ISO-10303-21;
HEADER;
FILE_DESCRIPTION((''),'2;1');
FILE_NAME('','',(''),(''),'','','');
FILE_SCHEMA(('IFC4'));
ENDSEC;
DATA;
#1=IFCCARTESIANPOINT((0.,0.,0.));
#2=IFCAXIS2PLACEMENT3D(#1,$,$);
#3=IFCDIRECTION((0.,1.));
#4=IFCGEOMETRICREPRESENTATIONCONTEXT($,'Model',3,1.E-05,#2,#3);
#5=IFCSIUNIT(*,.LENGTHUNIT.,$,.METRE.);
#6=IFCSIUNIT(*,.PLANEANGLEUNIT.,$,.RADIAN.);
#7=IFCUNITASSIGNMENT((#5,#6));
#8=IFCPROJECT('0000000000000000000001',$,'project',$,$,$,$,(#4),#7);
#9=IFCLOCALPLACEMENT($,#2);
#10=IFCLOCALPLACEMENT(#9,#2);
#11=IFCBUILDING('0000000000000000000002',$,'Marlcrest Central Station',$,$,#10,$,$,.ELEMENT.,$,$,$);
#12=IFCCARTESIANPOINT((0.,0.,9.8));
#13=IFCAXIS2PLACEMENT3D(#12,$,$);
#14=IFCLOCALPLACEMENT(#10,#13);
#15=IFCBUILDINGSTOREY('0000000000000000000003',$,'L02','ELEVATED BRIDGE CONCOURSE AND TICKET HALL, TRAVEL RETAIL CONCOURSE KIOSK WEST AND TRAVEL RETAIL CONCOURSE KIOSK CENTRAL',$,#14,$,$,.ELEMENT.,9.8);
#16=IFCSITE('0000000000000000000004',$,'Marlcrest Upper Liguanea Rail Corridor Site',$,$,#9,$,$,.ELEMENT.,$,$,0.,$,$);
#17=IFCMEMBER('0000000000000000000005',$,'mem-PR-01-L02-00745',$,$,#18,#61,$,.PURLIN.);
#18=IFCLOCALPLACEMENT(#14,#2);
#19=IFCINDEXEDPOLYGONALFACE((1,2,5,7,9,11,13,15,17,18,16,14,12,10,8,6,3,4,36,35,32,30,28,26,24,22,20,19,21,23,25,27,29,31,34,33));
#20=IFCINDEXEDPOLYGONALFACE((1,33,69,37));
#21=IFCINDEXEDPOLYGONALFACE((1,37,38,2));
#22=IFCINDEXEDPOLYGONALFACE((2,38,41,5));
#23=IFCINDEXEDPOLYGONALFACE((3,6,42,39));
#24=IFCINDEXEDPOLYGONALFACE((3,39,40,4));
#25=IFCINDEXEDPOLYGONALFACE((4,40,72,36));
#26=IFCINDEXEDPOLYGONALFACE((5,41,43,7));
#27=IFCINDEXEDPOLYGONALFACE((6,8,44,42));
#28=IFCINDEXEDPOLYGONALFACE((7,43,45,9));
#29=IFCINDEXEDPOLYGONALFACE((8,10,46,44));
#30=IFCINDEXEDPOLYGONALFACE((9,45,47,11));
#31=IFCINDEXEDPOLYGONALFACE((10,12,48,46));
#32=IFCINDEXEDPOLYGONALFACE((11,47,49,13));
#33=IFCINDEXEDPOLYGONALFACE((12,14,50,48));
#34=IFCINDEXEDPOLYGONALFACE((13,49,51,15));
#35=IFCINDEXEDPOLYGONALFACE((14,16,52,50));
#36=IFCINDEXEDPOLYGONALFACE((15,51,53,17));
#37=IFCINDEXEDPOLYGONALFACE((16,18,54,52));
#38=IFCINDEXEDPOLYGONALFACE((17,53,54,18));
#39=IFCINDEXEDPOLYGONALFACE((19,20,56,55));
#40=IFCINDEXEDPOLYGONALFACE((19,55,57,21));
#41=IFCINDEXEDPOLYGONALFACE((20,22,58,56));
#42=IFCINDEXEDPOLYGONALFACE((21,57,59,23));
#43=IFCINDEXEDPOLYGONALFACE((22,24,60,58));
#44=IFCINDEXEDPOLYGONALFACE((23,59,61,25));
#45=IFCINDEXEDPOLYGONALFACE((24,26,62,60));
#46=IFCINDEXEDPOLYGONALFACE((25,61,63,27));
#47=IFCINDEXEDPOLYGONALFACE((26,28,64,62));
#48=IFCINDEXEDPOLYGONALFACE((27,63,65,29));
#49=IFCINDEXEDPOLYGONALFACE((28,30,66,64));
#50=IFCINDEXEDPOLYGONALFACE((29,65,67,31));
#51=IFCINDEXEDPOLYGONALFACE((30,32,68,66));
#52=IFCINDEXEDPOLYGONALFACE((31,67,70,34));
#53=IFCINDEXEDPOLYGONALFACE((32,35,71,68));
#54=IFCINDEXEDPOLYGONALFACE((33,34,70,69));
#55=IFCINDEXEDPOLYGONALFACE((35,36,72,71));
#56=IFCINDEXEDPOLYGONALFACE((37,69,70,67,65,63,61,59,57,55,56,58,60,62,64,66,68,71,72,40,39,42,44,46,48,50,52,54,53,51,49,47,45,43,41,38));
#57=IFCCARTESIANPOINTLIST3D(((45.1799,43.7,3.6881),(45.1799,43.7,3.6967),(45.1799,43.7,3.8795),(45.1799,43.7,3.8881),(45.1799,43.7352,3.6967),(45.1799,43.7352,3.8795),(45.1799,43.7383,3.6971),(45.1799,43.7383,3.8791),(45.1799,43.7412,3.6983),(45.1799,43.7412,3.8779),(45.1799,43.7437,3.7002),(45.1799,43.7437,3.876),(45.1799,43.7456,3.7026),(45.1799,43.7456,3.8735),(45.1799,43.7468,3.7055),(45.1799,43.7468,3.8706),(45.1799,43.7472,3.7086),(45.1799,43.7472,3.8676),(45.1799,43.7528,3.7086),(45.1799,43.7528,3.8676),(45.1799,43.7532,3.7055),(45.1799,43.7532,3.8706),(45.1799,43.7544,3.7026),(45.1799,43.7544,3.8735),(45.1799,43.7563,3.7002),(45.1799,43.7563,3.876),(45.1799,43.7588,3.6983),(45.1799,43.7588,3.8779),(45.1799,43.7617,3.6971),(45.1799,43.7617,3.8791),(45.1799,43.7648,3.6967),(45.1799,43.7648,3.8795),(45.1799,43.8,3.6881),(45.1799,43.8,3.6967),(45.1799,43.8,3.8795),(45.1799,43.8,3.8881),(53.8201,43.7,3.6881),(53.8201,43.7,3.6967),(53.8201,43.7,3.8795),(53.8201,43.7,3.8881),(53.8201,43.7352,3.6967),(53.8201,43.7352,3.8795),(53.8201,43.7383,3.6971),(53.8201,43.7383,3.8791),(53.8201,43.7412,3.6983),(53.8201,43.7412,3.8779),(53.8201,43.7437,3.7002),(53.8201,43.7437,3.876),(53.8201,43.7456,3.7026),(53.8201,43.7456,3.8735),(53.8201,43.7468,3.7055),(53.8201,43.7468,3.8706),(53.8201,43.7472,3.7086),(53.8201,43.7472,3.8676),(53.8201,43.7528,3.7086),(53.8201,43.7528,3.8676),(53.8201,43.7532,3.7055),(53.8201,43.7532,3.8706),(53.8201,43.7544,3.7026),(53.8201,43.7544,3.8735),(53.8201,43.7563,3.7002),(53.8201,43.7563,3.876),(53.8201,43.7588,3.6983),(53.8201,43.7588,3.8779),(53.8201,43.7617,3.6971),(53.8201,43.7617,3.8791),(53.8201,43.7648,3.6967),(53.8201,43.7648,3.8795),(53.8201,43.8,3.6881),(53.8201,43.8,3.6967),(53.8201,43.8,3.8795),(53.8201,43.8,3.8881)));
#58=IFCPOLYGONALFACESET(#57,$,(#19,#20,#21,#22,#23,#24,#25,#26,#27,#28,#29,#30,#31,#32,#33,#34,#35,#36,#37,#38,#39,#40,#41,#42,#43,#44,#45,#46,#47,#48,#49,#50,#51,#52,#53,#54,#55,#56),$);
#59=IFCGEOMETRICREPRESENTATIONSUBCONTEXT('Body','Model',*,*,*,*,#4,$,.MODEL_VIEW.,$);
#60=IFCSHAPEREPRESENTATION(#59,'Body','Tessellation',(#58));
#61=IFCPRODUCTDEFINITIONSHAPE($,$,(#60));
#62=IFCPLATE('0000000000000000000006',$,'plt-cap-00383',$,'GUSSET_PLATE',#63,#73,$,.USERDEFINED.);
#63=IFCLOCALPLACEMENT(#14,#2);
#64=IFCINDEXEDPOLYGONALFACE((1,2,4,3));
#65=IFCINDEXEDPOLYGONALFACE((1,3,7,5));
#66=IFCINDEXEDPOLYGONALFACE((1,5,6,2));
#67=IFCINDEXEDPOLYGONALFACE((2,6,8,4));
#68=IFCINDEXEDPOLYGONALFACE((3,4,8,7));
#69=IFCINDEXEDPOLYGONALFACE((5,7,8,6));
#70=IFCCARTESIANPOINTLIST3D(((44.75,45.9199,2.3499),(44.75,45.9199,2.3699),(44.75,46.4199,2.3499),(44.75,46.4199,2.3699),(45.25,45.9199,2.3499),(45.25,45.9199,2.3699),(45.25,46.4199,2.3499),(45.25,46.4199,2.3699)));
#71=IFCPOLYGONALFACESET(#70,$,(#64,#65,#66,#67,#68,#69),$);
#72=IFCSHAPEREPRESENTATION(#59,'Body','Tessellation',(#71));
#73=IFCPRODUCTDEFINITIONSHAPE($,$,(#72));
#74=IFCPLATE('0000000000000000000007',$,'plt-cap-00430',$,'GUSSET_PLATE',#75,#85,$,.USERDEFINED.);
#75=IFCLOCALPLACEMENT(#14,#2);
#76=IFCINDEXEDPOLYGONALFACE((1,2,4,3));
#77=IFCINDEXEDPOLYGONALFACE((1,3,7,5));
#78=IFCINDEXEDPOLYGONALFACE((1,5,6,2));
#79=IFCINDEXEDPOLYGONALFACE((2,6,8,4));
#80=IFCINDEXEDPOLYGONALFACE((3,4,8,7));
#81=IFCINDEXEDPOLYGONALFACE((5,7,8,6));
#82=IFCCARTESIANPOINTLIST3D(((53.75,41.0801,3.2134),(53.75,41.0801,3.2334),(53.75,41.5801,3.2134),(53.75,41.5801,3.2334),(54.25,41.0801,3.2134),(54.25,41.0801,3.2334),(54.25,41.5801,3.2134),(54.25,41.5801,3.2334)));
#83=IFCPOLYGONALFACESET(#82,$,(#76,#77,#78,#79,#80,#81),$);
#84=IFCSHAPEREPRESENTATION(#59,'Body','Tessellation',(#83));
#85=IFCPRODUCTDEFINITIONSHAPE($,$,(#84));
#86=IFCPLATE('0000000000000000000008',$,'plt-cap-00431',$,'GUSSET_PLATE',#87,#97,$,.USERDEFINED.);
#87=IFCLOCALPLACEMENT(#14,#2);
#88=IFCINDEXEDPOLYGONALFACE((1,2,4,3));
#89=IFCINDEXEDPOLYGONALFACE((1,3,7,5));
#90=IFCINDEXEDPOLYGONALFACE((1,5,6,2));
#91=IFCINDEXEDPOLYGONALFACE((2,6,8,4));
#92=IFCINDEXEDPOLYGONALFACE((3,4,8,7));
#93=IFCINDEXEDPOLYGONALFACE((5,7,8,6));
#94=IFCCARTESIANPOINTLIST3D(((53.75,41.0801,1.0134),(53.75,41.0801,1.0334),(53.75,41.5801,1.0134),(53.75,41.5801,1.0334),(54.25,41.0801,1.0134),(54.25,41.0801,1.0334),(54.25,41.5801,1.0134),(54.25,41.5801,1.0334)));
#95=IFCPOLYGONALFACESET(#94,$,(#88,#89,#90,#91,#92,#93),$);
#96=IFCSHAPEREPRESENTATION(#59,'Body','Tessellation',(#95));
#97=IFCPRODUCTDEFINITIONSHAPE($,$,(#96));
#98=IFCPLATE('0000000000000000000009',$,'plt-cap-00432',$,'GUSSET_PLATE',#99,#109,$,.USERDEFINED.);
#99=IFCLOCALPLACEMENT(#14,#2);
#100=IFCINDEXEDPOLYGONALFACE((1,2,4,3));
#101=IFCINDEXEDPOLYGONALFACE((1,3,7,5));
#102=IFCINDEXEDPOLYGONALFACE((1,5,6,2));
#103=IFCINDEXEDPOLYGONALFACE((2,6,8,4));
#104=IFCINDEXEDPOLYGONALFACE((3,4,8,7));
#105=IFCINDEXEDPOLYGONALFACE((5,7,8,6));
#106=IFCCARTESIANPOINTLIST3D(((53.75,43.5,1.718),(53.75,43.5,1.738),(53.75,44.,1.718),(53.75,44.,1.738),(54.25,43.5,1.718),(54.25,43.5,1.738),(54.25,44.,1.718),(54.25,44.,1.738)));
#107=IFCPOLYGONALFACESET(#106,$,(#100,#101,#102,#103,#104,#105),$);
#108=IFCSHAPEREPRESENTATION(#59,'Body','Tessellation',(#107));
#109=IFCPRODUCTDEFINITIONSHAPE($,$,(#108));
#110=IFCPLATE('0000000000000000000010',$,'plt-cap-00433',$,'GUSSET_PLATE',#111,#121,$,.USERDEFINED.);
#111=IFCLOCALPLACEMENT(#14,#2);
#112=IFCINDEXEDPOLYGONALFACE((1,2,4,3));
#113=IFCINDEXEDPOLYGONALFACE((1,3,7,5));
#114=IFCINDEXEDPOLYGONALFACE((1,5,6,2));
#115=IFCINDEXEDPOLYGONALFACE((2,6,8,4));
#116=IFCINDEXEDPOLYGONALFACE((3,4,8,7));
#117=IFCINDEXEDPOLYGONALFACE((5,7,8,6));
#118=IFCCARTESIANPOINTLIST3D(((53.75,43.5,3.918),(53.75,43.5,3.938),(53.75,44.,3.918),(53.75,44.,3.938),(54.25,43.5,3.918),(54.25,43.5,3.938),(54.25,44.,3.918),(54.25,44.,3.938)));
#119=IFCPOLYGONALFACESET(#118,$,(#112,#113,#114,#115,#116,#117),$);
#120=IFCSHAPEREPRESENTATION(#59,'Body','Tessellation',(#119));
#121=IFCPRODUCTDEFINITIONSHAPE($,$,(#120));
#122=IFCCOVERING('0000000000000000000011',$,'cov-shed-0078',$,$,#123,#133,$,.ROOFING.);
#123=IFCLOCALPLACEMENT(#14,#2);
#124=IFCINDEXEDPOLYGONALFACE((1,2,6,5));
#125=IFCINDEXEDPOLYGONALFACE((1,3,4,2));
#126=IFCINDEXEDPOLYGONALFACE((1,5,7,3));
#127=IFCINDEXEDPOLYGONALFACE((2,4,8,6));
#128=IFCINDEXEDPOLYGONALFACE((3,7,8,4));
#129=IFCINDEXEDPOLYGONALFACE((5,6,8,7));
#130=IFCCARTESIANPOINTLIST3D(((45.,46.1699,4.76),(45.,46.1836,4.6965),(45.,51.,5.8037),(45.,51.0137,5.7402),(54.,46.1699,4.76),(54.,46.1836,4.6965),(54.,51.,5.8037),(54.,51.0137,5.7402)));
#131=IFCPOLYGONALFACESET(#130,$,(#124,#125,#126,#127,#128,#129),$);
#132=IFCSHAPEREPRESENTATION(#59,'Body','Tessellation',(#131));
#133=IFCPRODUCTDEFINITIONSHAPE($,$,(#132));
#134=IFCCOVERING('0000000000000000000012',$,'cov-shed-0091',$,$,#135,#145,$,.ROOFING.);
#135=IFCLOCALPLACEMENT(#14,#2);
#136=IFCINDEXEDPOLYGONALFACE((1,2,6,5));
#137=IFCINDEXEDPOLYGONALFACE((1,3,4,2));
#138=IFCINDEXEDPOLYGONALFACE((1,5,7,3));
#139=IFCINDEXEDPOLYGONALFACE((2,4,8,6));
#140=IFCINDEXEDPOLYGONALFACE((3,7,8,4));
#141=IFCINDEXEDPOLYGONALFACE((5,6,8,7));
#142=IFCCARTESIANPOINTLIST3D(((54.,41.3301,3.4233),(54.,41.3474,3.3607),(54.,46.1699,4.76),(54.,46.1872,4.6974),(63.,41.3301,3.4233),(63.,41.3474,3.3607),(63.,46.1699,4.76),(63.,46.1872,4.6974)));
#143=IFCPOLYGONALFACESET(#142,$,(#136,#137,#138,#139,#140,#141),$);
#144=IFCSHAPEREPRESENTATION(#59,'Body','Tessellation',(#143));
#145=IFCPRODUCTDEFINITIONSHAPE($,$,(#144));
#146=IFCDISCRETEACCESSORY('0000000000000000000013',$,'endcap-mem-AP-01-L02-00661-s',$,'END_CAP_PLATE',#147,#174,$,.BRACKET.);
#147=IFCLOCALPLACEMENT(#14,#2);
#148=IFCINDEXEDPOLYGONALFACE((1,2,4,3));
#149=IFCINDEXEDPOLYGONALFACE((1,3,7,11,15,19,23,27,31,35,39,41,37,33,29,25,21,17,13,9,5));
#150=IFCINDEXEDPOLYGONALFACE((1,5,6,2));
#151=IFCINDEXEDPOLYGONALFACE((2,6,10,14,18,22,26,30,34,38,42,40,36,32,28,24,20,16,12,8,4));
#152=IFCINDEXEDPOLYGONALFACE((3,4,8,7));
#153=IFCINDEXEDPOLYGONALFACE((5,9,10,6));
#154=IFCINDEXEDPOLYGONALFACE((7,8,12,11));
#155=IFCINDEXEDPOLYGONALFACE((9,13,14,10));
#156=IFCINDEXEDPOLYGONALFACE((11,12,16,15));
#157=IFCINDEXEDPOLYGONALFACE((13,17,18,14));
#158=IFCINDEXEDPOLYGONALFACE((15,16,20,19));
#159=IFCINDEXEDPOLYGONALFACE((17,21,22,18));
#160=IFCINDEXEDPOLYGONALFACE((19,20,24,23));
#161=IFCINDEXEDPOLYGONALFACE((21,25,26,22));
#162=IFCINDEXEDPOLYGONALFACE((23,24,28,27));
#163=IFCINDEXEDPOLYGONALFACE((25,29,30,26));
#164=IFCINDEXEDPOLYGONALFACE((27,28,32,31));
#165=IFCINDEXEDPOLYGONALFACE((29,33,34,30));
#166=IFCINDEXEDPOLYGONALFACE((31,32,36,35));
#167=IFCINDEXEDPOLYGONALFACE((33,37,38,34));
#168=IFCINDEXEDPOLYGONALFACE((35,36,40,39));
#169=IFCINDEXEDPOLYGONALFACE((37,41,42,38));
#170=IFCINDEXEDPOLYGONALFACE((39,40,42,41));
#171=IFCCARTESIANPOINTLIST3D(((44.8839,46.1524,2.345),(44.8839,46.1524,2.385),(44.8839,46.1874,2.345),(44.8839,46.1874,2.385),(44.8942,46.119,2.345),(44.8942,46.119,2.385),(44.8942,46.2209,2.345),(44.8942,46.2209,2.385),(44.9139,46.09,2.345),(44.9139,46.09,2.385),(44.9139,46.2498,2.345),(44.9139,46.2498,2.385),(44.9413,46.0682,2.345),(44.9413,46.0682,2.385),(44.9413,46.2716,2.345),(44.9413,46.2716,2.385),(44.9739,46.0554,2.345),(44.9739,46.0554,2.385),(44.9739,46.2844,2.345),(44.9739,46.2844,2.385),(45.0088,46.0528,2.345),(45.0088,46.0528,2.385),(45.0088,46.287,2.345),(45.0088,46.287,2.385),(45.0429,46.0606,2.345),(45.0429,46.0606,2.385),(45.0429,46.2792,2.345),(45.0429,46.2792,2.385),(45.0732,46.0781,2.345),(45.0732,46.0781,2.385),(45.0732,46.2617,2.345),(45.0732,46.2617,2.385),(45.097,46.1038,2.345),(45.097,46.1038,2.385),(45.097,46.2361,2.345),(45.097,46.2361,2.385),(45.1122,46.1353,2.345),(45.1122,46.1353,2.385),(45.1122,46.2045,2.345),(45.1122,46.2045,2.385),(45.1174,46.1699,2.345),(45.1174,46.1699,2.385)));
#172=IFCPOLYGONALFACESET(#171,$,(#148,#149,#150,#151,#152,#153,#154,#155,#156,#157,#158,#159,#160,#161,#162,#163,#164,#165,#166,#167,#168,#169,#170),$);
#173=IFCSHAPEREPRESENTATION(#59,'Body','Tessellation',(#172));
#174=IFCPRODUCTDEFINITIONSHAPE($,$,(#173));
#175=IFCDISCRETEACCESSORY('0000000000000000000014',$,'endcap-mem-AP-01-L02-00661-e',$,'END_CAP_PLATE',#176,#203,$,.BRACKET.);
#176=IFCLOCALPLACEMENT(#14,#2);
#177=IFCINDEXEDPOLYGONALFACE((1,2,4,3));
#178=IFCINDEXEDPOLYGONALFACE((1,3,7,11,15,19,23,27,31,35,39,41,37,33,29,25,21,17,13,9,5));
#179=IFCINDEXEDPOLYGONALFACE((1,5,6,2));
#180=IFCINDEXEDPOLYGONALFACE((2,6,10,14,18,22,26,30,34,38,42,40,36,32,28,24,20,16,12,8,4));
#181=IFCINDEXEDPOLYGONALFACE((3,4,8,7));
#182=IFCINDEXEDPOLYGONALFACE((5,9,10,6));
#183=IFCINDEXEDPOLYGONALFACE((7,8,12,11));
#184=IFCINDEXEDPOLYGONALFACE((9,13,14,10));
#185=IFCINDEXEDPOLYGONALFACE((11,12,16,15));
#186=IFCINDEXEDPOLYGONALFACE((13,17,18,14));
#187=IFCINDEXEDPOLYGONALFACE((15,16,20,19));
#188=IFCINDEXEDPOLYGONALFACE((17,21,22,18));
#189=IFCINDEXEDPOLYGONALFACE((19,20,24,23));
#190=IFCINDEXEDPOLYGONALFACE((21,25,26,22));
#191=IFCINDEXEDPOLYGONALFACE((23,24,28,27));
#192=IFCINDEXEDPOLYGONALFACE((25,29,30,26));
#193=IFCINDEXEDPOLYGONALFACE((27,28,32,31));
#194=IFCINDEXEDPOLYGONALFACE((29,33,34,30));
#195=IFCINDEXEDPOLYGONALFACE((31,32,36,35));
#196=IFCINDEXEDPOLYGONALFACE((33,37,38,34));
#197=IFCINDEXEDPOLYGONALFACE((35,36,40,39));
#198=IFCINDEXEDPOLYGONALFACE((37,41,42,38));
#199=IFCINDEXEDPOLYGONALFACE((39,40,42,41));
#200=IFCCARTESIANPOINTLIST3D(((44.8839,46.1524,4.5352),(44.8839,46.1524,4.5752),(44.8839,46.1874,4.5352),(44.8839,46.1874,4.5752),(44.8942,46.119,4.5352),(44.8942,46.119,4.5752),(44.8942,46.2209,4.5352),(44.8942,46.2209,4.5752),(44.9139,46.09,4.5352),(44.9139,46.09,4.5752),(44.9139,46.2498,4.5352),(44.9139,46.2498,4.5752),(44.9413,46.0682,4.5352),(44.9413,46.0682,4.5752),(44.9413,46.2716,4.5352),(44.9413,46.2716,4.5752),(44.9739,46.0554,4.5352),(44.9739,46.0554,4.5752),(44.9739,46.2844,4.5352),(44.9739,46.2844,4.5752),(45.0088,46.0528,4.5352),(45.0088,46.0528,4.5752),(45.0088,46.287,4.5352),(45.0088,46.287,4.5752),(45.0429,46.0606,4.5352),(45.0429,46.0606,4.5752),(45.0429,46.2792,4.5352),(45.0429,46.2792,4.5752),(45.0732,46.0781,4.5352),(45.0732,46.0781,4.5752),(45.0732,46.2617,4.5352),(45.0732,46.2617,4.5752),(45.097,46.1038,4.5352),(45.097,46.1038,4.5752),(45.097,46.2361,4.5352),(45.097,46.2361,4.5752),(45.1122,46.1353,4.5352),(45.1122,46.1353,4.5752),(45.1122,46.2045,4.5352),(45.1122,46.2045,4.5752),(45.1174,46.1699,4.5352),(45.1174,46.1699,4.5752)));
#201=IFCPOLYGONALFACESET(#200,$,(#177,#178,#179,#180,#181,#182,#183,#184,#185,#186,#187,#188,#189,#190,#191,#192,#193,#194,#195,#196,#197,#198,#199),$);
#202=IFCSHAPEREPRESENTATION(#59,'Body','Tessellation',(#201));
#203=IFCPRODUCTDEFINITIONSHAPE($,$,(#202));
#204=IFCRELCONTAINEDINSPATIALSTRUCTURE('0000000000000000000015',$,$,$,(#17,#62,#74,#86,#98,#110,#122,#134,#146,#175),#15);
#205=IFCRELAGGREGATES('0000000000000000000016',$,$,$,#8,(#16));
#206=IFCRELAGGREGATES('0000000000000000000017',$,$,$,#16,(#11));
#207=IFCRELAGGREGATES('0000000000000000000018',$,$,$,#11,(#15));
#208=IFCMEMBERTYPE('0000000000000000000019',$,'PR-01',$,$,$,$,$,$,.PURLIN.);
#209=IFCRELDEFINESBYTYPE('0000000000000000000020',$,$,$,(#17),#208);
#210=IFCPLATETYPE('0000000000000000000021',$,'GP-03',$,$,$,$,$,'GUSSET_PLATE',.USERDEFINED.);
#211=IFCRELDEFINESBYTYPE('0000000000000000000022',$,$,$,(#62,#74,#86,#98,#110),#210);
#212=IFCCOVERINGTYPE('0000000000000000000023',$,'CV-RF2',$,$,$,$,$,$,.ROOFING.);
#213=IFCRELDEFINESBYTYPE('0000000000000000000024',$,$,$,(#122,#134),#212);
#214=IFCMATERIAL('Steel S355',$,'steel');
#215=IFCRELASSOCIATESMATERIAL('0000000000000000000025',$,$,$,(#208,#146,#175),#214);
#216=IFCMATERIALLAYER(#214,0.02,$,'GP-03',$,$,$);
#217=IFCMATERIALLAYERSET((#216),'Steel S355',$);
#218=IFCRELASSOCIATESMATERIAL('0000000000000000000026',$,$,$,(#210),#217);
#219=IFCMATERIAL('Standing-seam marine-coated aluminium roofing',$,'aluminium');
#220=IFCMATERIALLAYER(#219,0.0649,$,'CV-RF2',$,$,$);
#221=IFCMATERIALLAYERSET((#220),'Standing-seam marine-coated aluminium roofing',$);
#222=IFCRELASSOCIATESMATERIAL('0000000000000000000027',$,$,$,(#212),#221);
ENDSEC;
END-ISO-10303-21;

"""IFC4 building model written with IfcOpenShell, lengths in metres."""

from ifc_helpers import new_model, si_unit, direction, frame, origin, origin_2d, place, context, subcontext, project, spatial, polyline, rectangle, circle, i_section, outline, extrude, material, layer, layer_set, material_profile, profile_set, type_object, element, save


model = new_model("IFC4")

# Units and contexts
model_context = context("Model", 3, precision=1e-05, world=origin(), true_north=direction((0.0, 1.0)))
body_context = subcontext(model_context, "Body", "Model", "MODEL_VIEW")
ifc_project = project(units=[si_unit("LENGTHUNIT", "METRE"), si_unit("PLANEANGLEUNIT", "RADIAN")], contexts=[model_context])

# Site, building, storey
site_placement = place(None, origin())
site = spatial("IfcSite", under=ifc_project, at=site_placement, Name="Marlcrest Upper Liguanea Rail Corridor Site", CompositionType="ELEMENT", RefElevation=0.0)
building_placement = place(site_placement, origin())
building = spatial("IfcBuilding", under=site, at=building_placement, Name="Marlcrest Central Station", CompositionType="ELEMENT")
storey_placement = place(building_placement, frame((0.0, 0.0, 9.8)))
storey = spatial("IfcBuildingStorey", under=building, at=storey_placement, Name="L02", Description="ELEVATED BRIDGE CONCOURSE AND TICKET HALL, TRAVEL RETAIL CONCOURSE KIOSK WEST AND TRAVEL RETAIL CONCOURSE KIOSK CENTRAL", CompositionType="ELEMENT", Elevation=9.8)

# Member
ifc_material_1 = material(Name="Steel S355", Category="steel")
ifc_material_profile_1 = material_profile(ifc_material_1, i_section(OverallWidth=0.1001, OverallDepth=0.2, WebThickness=0.0056, FlangeThickness=0.0085, FilletRadius=0.012, at=origin_2d()), Name="IPE 200")
ifc_profile_set_1 = profile_set([ifc_material_profile_1], Name="Steel S355")
member_type_1 = type_object("IfcMemberType", Name="PR-01", PredefinedType="PURLIN", material=ifc_profile_set_1)
member_1_placement = place(storey_placement, frame((45.1799, 43.75, 3.7881), z_axis=(1.0, 0.0, 0.0), x_axis=(0.0, 1.0, 0.0)))
element("IfcMember", 1, at=member_1_placement, inside=storey, type_object=member_type_1, Name="mem-PR-01-L02-00745", PredefinedType="PURLIN", context=body_context, shape_type="SweptSolid", body=[
    extrude(i_section(OverallWidth=0.1001, OverallDepth=0.2, WebThickness=0.0056, FlangeThickness=0.0085, FilletRadius=0.012, at=origin_2d()), origin(), (0.0, 0.0, 1.0), 8.6401),
])

# Plates
ifc_layer_1 = layer(ifc_material_1, 0.02, Name="GP-03")
ifc_layer_set_1 = layer_set([ifc_layer_1], Name="Steel S355")
plate_type = type_object("IfcPlateType", Name="GP-03", ElementType="GUSSET_PLATE", PredefinedType="USERDEFINED", material=ifc_layer_set_1)
for number, where, z_axis, x_axis, name in (
    (2, (45.0, 46.1699, 2.3499), (0.0, 0.0, 1.0), (1.0, 0.0, 0.0), "plt-cap-00383"),
    (3, (54.0, 41.3301, 3.2134), (0.0, 0.0, 1.0), (1.0, 0.0, 0.0), "plt-cap-00430"),
    (4, (54.0, 41.3301, 1.0134), (0.0, 0.0, 1.0), (1.0, 0.0, 0.0), "plt-cap-00431"),
    (5, (54.0, 43.75, 1.718), (0.0, 0.0, 1.0), (1.0, 0.0, 0.0), "plt-cap-00432"),
    (6, (54.0, 43.75, 3.918), (0.0, 0.0, 1.0), (1.0, 0.0, 0.0), "plt-cap-00433"),
):
    element("IfcPlate", number, at=place(storey_placement, frame(where, z_axis=z_axis, x_axis=x_axis)), inside=storey, type_object=plate_type, Name=name, ObjectType="GUSSET_PLATE", PredefinedType="USERDEFINED", context=body_context, shape_type="SweptSolid", body=[
        extrude(rectangle(XDim=0.5, YDim=0.5, at=origin_2d()), origin(), (0.0, 0.0, 1.0), 0.02),
    ])

# Coverings
ifc_material_2 = material(Name="Standing-seam marine-coated aluminium roofing", Category="aluminium")
ifc_layer_2 = layer(ifc_material_2, 0.0649, Name="CV-RF2")
ifc_layer_set_2 = layer_set([ifc_layer_2], Name="Standing-seam marine-coated aluminium roofing")
covering_type = type_object("IfcCoveringType", Name="CV-RF2", PredefinedType="ROOFING", material=ifc_layer_set_2)
covering_1_placement = place(storey_placement, frame((45.0, 46.1699, 4.76), z_axis=(0.0, -0.211209, 0.977441), x_axis=(1.0, 0.0, 0.0)))
element("IfcCovering", 7, at=covering_1_placement, inside=storey, type_object=covering_type, Name="cov-shed-0078", PredefinedType="ROOFING", context=body_context, shape_type="SweptSolid", body=[
    extrude(outline(polyline([(0.0, 0.0), (9.0, 0.0), (9.0, 4.9416), (0.0, 4.9416), (0.0, 0.0)])), origin(), (0.0, 0.0, -1.0), 0.0649),
])
covering_2_placement = place(storey_placement, frame((54.0, 41.3301, 3.4233), z_axis=(0.0, -0.266214, 0.963914), x_axis=(1.0, 0.0, 0.0)))
element("IfcCovering", 8, at=covering_2_placement, inside=storey, type_object=covering_type, Name="cov-shed-0091", PredefinedType="ROOFING", context=body_context, shape_type="SweptSolid", body=[
    extrude(outline(polyline([(0.0, 0.0), (9.0, 0.0), (9.0, 5.021), (0.0, 5.021), (0.0, 0.0)])), origin(), (0.0, 0.0, -1.0), 0.0649),
])

# Discrete accessories
for number, where, z_axis, x_axis, name in (
    (9, (45.0, 46.1699, 2.345), (0.0, 0.0, 1.0), (1.0, 0.0, 0.0), "endcap-mem-AP-01-L02-00661-s"),
    (10, (45.0, 46.1699, 4.5352), (0.0, 0.0, 1.0), (1.0, 0.0, 0.0), "endcap-mem-AP-01-L02-00661-e"),
):
    element("IfcDiscreteAccessory", number, at=place(storey_placement, frame(where, z_axis=z_axis, x_axis=x_axis)), inside=storey, material=ifc_material_1, Name=name, ObjectType="END_CAP_PLATE", PredefinedType="BRACKET", context=body_context, shape_type="SweptSolid", body=[
        extrude(circle(Radius=0.1174, at=origin_2d()), origin(), (0.0, 0.0, 1.0), 0.04),
    ])

save(model, "model.ifc")
